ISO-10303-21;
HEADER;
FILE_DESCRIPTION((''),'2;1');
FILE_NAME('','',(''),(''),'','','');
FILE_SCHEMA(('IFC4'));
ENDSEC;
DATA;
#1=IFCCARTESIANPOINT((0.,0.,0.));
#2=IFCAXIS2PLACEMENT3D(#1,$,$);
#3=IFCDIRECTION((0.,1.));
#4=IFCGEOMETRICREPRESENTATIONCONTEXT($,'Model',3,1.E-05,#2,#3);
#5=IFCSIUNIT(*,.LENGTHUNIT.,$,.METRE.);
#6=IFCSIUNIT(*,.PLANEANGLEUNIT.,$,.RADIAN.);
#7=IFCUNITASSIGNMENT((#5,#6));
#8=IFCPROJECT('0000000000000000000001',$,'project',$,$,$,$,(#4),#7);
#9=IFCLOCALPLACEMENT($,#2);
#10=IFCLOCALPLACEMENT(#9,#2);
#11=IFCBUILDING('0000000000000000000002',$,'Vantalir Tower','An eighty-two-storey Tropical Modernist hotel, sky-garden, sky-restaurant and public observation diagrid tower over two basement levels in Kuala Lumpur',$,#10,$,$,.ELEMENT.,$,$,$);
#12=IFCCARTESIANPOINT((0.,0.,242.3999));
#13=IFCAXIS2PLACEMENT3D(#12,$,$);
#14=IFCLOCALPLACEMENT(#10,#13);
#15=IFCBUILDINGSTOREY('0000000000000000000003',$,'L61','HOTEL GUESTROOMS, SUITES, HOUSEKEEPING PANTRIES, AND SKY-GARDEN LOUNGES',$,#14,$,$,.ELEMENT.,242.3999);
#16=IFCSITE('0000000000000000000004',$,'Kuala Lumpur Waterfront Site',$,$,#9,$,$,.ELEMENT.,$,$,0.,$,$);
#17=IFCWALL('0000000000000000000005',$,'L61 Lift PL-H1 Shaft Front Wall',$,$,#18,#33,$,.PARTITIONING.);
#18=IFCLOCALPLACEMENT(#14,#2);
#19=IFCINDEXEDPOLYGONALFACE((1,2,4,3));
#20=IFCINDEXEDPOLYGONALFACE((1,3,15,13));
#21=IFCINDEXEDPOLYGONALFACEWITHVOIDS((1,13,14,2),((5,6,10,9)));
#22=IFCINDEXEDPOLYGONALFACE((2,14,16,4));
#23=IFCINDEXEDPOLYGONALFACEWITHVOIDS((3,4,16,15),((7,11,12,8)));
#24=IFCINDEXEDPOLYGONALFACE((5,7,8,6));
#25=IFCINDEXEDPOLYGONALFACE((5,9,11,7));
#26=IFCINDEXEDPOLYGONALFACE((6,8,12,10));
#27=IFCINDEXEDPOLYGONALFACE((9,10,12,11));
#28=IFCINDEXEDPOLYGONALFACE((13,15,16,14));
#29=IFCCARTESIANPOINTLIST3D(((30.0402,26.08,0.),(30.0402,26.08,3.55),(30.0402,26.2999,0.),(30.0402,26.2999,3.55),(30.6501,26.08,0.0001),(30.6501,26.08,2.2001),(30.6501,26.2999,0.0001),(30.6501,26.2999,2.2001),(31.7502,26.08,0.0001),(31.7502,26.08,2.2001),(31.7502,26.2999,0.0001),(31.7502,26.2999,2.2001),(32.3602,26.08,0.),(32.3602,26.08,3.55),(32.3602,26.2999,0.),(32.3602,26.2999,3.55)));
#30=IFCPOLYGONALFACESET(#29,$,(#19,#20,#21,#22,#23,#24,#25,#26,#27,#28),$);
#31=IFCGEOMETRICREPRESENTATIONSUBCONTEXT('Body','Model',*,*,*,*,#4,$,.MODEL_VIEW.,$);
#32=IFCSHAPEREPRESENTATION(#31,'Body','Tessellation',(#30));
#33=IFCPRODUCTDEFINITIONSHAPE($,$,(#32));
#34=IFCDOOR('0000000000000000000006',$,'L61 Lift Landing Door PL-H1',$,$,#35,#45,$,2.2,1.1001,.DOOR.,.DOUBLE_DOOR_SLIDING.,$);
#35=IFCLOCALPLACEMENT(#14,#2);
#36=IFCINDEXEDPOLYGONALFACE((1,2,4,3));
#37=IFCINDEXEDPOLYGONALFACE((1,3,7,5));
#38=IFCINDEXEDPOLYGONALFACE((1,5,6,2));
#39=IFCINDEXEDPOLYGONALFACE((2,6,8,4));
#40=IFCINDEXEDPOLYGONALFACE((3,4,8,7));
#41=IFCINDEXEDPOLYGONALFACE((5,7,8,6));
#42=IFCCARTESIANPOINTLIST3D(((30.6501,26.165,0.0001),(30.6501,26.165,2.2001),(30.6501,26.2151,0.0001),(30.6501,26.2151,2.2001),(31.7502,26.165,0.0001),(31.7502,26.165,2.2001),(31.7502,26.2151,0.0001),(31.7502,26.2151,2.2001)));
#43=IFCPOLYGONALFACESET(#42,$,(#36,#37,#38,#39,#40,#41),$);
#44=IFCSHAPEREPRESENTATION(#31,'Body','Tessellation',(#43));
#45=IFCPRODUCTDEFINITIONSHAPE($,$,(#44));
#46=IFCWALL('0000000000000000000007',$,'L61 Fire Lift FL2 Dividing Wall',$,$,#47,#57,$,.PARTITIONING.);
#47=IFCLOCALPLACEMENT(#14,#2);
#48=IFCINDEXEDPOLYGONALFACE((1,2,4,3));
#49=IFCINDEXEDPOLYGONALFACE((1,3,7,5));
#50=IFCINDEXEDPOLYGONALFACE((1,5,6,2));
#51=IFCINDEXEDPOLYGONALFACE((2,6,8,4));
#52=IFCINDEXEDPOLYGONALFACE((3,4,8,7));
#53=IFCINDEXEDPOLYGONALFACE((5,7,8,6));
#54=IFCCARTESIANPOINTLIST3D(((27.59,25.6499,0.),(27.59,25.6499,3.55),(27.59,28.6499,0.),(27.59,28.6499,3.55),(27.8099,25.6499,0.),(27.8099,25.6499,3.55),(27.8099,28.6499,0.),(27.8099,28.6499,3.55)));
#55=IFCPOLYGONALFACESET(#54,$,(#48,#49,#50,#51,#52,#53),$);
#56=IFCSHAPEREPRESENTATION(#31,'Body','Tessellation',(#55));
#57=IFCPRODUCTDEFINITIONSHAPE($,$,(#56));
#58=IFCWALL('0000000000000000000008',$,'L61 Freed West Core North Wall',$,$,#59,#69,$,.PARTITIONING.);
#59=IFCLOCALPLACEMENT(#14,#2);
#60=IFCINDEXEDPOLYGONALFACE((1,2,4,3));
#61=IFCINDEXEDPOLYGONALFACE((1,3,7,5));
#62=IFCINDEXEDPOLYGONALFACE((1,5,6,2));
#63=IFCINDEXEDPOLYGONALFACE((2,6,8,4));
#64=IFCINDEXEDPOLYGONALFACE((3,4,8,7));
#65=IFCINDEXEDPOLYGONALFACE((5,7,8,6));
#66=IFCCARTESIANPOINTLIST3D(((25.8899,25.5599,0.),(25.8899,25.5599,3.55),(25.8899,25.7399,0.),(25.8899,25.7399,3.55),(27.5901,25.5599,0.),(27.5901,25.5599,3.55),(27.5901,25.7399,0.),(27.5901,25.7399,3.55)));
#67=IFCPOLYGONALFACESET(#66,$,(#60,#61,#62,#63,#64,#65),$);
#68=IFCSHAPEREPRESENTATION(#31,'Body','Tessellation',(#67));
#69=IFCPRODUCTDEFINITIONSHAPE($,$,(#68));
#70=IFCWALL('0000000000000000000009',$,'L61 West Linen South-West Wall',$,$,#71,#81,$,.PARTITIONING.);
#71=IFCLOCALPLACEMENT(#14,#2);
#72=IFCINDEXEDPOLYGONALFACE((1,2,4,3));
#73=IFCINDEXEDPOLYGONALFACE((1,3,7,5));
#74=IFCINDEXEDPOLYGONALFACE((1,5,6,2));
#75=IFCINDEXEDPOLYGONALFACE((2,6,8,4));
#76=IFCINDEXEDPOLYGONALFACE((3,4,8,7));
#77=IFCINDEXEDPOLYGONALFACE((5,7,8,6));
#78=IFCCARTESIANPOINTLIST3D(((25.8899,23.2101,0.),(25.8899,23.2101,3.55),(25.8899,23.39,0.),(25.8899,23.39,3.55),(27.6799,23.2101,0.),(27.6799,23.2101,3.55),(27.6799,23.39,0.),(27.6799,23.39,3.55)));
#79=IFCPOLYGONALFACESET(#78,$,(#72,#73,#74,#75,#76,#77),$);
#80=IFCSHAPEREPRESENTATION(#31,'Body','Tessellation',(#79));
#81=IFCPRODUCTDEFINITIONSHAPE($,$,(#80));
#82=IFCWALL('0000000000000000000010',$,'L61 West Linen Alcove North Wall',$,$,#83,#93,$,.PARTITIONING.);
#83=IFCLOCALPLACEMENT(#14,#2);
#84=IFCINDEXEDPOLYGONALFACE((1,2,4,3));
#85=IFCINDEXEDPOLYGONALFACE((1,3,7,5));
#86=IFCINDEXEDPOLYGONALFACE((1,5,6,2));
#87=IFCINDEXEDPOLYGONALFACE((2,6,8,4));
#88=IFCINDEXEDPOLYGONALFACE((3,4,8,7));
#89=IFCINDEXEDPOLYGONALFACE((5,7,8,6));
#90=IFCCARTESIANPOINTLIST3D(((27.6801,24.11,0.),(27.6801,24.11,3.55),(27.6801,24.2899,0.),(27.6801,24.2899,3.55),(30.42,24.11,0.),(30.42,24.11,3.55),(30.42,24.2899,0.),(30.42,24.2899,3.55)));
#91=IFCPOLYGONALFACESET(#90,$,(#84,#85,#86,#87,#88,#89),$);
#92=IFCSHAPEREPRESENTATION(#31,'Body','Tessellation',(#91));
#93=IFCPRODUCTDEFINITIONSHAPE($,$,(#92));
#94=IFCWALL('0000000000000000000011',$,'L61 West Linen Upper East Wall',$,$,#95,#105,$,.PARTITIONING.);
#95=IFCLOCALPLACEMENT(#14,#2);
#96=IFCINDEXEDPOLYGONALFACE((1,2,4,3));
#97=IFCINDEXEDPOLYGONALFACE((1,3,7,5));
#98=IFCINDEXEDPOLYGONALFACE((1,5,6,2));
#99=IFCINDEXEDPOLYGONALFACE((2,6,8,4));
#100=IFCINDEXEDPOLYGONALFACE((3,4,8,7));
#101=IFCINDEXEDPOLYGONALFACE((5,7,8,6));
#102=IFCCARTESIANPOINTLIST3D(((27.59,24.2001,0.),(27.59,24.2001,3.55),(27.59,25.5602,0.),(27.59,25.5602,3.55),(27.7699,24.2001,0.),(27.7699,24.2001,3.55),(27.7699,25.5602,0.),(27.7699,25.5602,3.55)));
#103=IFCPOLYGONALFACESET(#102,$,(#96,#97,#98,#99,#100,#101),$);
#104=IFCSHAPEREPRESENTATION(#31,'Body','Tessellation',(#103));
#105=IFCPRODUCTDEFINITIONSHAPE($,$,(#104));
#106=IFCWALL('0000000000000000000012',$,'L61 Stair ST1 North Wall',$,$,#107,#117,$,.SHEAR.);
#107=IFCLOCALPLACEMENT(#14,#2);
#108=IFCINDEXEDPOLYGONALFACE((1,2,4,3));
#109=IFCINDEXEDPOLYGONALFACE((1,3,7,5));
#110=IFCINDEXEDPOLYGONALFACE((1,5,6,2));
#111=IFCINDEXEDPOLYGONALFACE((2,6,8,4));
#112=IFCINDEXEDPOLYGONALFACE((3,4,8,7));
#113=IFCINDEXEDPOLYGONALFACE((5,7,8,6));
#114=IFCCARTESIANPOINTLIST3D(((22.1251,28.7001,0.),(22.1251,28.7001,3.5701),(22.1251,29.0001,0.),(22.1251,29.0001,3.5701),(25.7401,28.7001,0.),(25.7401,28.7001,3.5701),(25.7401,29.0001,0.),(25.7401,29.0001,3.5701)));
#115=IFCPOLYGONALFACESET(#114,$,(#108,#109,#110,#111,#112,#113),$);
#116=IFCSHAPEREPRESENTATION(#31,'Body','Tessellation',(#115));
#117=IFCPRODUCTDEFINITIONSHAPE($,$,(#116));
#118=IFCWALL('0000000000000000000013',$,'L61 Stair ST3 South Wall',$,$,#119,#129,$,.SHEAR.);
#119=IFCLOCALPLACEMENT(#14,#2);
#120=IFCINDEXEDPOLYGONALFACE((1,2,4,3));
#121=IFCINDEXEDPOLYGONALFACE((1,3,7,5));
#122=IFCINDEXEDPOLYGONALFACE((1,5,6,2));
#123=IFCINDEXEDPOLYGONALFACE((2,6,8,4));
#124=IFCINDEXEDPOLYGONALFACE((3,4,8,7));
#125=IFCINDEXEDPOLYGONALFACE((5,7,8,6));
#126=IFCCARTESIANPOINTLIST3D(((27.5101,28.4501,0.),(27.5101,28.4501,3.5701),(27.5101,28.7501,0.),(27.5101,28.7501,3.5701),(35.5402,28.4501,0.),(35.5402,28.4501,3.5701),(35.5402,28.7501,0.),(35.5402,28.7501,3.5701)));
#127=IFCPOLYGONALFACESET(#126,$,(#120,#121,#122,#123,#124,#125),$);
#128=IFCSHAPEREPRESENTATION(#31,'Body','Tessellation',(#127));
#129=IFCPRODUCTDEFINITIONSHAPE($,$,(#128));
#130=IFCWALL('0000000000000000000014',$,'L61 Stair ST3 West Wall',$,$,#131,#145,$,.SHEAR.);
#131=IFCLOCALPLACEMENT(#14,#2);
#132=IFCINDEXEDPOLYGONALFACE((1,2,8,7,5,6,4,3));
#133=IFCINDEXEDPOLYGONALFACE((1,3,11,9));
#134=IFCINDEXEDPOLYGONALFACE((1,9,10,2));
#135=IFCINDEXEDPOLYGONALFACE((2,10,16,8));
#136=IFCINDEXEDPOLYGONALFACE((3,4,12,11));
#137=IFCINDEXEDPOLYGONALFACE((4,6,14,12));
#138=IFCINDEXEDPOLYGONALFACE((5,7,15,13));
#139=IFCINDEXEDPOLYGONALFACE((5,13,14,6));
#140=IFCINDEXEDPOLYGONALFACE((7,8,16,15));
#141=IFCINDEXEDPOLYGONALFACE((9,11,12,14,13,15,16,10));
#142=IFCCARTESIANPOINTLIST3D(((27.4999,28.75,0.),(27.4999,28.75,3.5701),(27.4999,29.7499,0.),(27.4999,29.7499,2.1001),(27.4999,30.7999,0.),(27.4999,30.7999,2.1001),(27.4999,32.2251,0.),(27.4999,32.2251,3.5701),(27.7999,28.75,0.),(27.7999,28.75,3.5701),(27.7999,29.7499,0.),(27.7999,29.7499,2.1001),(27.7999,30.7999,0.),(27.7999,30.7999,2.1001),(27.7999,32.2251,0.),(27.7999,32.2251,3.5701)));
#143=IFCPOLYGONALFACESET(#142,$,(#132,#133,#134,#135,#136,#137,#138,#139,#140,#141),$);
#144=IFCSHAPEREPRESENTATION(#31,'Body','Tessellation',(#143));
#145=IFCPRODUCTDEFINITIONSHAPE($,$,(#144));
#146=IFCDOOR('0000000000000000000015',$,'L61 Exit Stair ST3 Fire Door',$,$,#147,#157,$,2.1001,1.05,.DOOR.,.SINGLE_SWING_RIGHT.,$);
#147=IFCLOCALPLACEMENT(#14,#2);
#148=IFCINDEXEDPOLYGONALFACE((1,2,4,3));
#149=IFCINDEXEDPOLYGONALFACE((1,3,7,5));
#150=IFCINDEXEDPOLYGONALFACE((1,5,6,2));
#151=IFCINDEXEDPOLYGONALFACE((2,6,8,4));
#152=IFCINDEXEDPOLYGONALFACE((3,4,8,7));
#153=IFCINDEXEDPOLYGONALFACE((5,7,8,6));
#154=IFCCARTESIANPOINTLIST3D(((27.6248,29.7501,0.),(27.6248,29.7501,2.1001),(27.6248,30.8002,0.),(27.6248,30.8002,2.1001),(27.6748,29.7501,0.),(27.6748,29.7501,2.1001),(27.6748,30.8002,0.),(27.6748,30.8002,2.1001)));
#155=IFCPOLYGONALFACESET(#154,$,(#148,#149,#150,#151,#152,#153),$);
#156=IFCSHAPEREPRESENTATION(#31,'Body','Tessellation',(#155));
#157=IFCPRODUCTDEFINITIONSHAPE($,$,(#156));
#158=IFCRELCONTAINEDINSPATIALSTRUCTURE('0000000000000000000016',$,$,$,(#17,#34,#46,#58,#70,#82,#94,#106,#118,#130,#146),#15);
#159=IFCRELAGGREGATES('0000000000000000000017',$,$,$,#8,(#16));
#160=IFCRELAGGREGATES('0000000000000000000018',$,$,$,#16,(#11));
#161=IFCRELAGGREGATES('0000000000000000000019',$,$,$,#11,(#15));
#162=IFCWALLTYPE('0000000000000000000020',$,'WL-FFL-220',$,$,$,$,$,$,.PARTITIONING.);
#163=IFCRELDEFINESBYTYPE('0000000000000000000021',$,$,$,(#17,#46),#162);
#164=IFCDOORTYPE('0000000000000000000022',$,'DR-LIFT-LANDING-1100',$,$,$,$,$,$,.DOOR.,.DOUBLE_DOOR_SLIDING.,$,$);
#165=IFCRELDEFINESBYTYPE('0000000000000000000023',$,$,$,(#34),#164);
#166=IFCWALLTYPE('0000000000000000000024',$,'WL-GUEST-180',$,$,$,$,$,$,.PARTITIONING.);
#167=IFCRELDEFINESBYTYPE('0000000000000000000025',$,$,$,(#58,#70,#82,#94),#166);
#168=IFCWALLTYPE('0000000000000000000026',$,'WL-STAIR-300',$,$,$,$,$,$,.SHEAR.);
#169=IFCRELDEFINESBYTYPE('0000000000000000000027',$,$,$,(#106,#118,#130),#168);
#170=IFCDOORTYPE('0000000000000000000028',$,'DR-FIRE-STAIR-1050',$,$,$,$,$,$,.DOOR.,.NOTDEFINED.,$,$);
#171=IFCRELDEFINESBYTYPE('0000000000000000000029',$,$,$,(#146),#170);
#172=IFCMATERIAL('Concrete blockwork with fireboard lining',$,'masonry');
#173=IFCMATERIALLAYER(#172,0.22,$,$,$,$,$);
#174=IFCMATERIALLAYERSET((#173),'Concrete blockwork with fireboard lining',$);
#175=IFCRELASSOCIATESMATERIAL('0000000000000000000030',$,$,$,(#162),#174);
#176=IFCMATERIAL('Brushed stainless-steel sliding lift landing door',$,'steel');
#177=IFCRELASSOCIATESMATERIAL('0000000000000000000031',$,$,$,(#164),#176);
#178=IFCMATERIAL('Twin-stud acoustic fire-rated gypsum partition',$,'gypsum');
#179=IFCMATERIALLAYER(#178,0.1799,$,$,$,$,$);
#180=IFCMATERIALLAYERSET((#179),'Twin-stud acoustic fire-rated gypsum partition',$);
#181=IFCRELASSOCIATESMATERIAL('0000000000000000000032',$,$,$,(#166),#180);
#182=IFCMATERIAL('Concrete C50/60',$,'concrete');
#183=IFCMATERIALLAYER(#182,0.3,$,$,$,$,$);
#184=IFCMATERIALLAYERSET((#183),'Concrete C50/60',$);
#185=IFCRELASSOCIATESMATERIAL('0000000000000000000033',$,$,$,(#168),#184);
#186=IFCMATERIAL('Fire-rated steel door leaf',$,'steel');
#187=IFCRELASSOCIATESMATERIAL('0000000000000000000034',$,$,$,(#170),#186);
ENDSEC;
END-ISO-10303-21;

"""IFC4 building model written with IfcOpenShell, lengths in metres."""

from ifc_helpers import new_model, si_unit, direction, frame, frame_2d, origin, place, context, subcontext, project, spatial, rectangle, extrude, material, layer, layer_set, type_object, element, fill, save


model = new_model("IFC4")

# Units and contexts
model_context = context("Model", 3, precision=1e-05, world=origin(), true_north=direction((0.0, 1.0)))
body_context = subcontext(model_context, "Body", "Model", "MODEL_VIEW")
ifc_project = project(units=[si_unit("LENGTHUNIT", "METRE"), si_unit("PLANEANGLEUNIT", "RADIAN")], contexts=[model_context])

# Site, building, storey
site_placement = place(None, origin())
site = spatial("IfcSite", under=ifc_project, at=site_placement, Name="Kuala Lumpur Waterfront Site", CompositionType="ELEMENT", RefElevation=0.0)
building_placement = place(site_placement, origin())
building = spatial("IfcBuilding", under=site, at=building_placement, Name="Vantalir Tower", Description="An eighty-two-storey Tropical Modernist hotel, sky-garden, sky-restaurant and public observation diagrid tower over two basement levels in Kuala Lumpur", CompositionType="ELEMENT")
storey_placement = place(building_placement, frame((0.0, 0.0, 242.3999)))
storey = spatial("IfcBuildingStorey", under=building, at=storey_placement, Name="L61", Description="HOTEL GUESTROOMS, SUITES, HOUSEKEEPING PANTRIES, AND SKY-GARDEN LOUNGES", CompositionType="ELEMENT", Elevation=242.3999)

# Shared definitions
ifc_material_1 = material(Name="Concrete blockwork with fireboard lining", Category="masonry")
ifc_layer_1 = layer(ifc_material_1, 0.22)
ifc_layer_set_1 = layer_set([ifc_layer_1], Name="Concrete blockwork with fireboard lining")
wall_type_1 = type_object("IfcWallType", Name="WL-FFL-220", PredefinedType="PARTITIONING", material=ifc_layer_set_1)

# Wall, opening, door
ifc_material_2 = material(Name="Brushed stainless-steel sliding lift landing door", Category="steel")
door_type_1 = type_object("IfcDoorType", Name="DR-LIFT-LANDING-1100", OperationType="DOUBLE_DOOR_SLIDING", PredefinedType="DOOR", material=ifc_material_2)
wall_1_placement = place(storey_placement, frame((30.04, 26.1899, 0.0), z_axis=(0.0, 0.0, 1.0), x_axis=(1.0, 0.0, 0.0)))
wall_1 = element("IfcWall", 1, at=wall_1_placement, inside=storey, type_object=wall_type_1, Name="L61 Lift PL-H1 Shaft Front Wall", PredefinedType="PARTITIONING", context=body_context, shape_type="SweptSolid", body=[
    extrude(rectangle(XDim=2.3201, YDim=0.22, at=frame_2d((1.1602, 0.0))), origin(), (0.0, 0.0, 1.0), 3.55),
])
opening_1_placement = place(wall_1_placement, frame((0.6101, 0.0, 0.0)))
opening_1 = element("IfcOpeningElement", 2, at=opening_1_placement, cuts=wall_1, PredefinedType="OPENING", context=body_context, shape_type="SweptSolid", body=[
    extrude(rectangle(XDim=1.1001, YDim=2.2, at=frame_2d((0.55, 1.1001))), frame((0.0, 0.1199, 0.0), z_axis=(0.0, -1.0, 0.0), x_axis=(1.0, 0.0, 0.0)), (0.0, 0.0, 1.0), 0.24),
])
door_1_placement = place(opening_1_placement, frame((1.1001, 0.0, 0.0), z_axis=(0.0, 0.0, 1.0), x_axis=(-1.0, 0.0, 0.0)))
door_1 = element("IfcDoor", 3, at=door_1_placement, inside=storey, type_object=door_type_1, Name="L61 Lift Landing Door PL-H1", OperationType="DOUBLE_DOOR_SLIDING", OverallHeight=2.2, OverallWidth=1.1001, PredefinedType="DOOR", context=body_context, shape_type="SweptSolid", body=[
    extrude(rectangle(XDim=1.1001, YDim=2.2, at=frame_2d((0.55, 1.1001))), frame((0.0, 0.0249, 0.0), z_axis=(0.0, -1.0, 0.0), x_axis=(1.0, 0.0, 0.0)), (0.0, 0.0, 1.0), 0.05),
])
fill(opening_1, door_1)

# Walls
wall_2_placement = place(storey_placement, frame((27.7, 25.6499, 0.0), z_axis=(0.0, 0.0, 1.0), x_axis=(0.0, 1.0, 0.0)))
element("IfcWall", 4, at=wall_2_placement, inside=storey, type_object=wall_type_1, Name="L61 Fire Lift FL2 Dividing Wall", PredefinedType="PARTITIONING", context=body_context, shape_type="SweptSolid", body=[
    extrude(rectangle(XDim=3.0, YDim=0.22, at=frame_2d((1.5, 0.0))), origin(), (0.0, 0.0, 1.0), 3.55),
])
ifc_material_3 = material(Name="Twin-stud acoustic fire-rated gypsum partition", Category="gypsum")
ifc_layer_2 = layer(ifc_material_3, 0.1799)
ifc_layer_set_2 = layer_set([ifc_layer_2], Name="Twin-stud acoustic fire-rated gypsum partition")
wall_type_2 = type_object("IfcWallType", Name="WL-GUEST-180", PredefinedType="PARTITIONING", material=ifc_layer_set_2)
wall_3_placement = place(storey_placement, frame((25.8899, 25.6499, 0.0), z_axis=(0.0, 0.0, 1.0), x_axis=(1.0, 0.0, 0.0)))
element("IfcWall", 5, at=wall_3_placement, inside=storey, type_object=wall_type_2, Name="L61 Freed West Core North Wall", PredefinedType="PARTITIONING", context=body_context, shape_type="SweptSolid", body=[
    extrude(rectangle(XDim=1.7002, YDim=0.1799, at=frame_2d((0.8501, 0.0))), origin(), (0.0, 0.0, 1.0), 3.55),
])
wall_4_placement = place(storey_placement, frame((25.8899, 23.3, 0.0), z_axis=(0.0, 0.0, 1.0), x_axis=(1.0, 0.0, 0.0)))
element("IfcWall", 6, at=wall_4_placement, inside=storey, type_object=wall_type_2, Name="L61 West Linen South-West Wall", PredefinedType="PARTITIONING", context=body_context, shape_type="SweptSolid", body=[
    extrude(rectangle(XDim=1.79, YDim=0.1799, at=frame_2d((0.895, 0.0))), origin(), (0.0, 0.0, 1.0), 3.55),
])
wall_5_placement = place(storey_placement, frame((27.6799, 24.2, 0.0), z_axis=(0.0, 0.0, 1.0), x_axis=(1.0, 0.0, 0.0)))
element("IfcWall", 7, at=wall_5_placement, inside=storey, type_object=wall_type_2, Name="L61 West Linen Alcove North Wall", PredefinedType="PARTITIONING", context=body_context, shape_type="SweptSolid", body=[
    extrude(rectangle(XDim=2.74, YDim=0.1799, at=frame_2d((1.3701, 0.0))), origin(), (0.0, 0.0, 1.0), 3.55),
])
wall_6_placement = place(storey_placement, frame((27.6799, 24.2, 0.0), z_axis=(0.0, 0.0, 1.0), x_axis=(0.0, 1.0, 0.0)))
element("IfcWall", 8, at=wall_6_placement, inside=storey, type_object=wall_type_2, Name="L61 West Linen Upper East Wall", PredefinedType="PARTITIONING", context=body_context, shape_type="SweptSolid", body=[
    extrude(rectangle(XDim=1.3601, YDim=0.1799, at=frame_2d((0.6802, 0.0))), origin(), (0.0, 0.0, 1.0), 3.55),
])
ifc_material_4 = material(Name="Concrete C50/60", Category="concrete")
ifc_layer_3 = layer(ifc_material_4, 0.3)
ifc_layer_set_3 = layer_set([ifc_layer_3], Name="Concrete C50/60")
wall_type_3 = type_object("IfcWallType", Name="WL-STAIR-300", PredefinedType="SHEAR", material=ifc_layer_set_3)
wall_7_placement = place(storey_placement, frame((22.125, 28.8501, 0.0), z_axis=(0.0, 0.0, 1.0), x_axis=(1.0, 0.0, 0.0)))
element("IfcWall", 9, at=wall_7_placement, inside=storey, type_object=wall_type_3, Name="L61 Stair ST1 North Wall", PredefinedType="SHEAR", context=body_context, shape_type="SweptSolid", body=[
    extrude(rectangle(XDim=3.615, YDim=0.3, at=frame_2d((1.8076, 0.0))), origin(), (0.0, 0.0, 1.0), 3.5701),
])
wall_8_placement = place(storey_placement, frame((27.51, 28.6001, 0.0), z_axis=(0.0, 0.0, 1.0), x_axis=(1.0, 0.0, 0.0)))
element("IfcWall", 10, at=wall_8_placement, inside=storey, type_object=wall_type_3, Name="L61 Stair ST3 South Wall", PredefinedType="SHEAR", context=body_context, shape_type="SweptSolid", body=[
    extrude(rectangle(XDim=8.03, YDim=0.3, at=frame_2d((4.0151, 0.0))), origin(), (0.0, 0.0, 1.0), 3.5701),
])

# Wall, opening, door
wall_9_placement = place(storey_placement, frame((27.6499, 28.75, 0.0), z_axis=(0.0, 0.0, 1.0), x_axis=(0.0, 1.0, 0.0)))
wall_9 = element("IfcWall", 11, at=wall_9_placement, inside=storey, type_object=wall_type_3, Name="L61 Stair ST3 West Wall", PredefinedType="SHEAR", context=body_context, shape_type="SweptSolid", body=[
    extrude(rectangle(XDim=3.4751, YDim=0.3, at=frame_2d((1.7375, 0.0))), origin(), (0.0, 0.0, 1.0), 3.5701),
])
opening_2_placement = place(wall_9_placement, frame((1.0, 0.0, 0.0)))
opening_2 = element("IfcOpeningElement", 12, at=opening_2_placement, cuts=wall_9, PredefinedType="OPENING", context=body_context, shape_type="SweptSolid", body=[
    extrude(rectangle(XDim=1.05, YDim=2.1001, at=frame_2d((0.5249, 1.05))), frame((0.0, 0.1599, 0.0), z_axis=(0.0, -1.0, 0.0), x_axis=(1.0, 0.0, 0.0)), (0.0, 0.0, 1.0), 0.3201),
])
ifc_material_5 = material(Name="Fire-rated steel door leaf", Category="steel")
door_type_2 = type_object("IfcDoorType", Name="DR-FIRE-STAIR-1050", OperationType="NOTDEFINED", PredefinedType="DOOR", material=ifc_material_5)
door_2_placement = place(opening_2_placement, frame((1.05, 0.0, 0.0), z_axis=(0.0, 0.0, 1.0), x_axis=(-1.0, 0.0, 0.0)))
door_2 = element("IfcDoor", 13, at=door_2_placement, inside=storey, type_object=door_type_2, Name="L61 Exit Stair ST3 Fire Door", OperationType="SINGLE_SWING_RIGHT", OverallHeight=2.1001, OverallWidth=1.05, PredefinedType="DOOR", context=body_context, shape_type="SweptSolid", body=[
    extrude(rectangle(XDim=1.05, YDim=2.1001, at=frame_2d((0.5249, 1.05))), frame((0.0, 0.0249, 0.0), z_axis=(0.0, -1.0, 0.0), x_axis=(1.0, 0.0, 0.0)), (0.0, 0.0, 1.0), 0.05),
])
fill(opening_2, door_2)

save(model, "model.ifc")
